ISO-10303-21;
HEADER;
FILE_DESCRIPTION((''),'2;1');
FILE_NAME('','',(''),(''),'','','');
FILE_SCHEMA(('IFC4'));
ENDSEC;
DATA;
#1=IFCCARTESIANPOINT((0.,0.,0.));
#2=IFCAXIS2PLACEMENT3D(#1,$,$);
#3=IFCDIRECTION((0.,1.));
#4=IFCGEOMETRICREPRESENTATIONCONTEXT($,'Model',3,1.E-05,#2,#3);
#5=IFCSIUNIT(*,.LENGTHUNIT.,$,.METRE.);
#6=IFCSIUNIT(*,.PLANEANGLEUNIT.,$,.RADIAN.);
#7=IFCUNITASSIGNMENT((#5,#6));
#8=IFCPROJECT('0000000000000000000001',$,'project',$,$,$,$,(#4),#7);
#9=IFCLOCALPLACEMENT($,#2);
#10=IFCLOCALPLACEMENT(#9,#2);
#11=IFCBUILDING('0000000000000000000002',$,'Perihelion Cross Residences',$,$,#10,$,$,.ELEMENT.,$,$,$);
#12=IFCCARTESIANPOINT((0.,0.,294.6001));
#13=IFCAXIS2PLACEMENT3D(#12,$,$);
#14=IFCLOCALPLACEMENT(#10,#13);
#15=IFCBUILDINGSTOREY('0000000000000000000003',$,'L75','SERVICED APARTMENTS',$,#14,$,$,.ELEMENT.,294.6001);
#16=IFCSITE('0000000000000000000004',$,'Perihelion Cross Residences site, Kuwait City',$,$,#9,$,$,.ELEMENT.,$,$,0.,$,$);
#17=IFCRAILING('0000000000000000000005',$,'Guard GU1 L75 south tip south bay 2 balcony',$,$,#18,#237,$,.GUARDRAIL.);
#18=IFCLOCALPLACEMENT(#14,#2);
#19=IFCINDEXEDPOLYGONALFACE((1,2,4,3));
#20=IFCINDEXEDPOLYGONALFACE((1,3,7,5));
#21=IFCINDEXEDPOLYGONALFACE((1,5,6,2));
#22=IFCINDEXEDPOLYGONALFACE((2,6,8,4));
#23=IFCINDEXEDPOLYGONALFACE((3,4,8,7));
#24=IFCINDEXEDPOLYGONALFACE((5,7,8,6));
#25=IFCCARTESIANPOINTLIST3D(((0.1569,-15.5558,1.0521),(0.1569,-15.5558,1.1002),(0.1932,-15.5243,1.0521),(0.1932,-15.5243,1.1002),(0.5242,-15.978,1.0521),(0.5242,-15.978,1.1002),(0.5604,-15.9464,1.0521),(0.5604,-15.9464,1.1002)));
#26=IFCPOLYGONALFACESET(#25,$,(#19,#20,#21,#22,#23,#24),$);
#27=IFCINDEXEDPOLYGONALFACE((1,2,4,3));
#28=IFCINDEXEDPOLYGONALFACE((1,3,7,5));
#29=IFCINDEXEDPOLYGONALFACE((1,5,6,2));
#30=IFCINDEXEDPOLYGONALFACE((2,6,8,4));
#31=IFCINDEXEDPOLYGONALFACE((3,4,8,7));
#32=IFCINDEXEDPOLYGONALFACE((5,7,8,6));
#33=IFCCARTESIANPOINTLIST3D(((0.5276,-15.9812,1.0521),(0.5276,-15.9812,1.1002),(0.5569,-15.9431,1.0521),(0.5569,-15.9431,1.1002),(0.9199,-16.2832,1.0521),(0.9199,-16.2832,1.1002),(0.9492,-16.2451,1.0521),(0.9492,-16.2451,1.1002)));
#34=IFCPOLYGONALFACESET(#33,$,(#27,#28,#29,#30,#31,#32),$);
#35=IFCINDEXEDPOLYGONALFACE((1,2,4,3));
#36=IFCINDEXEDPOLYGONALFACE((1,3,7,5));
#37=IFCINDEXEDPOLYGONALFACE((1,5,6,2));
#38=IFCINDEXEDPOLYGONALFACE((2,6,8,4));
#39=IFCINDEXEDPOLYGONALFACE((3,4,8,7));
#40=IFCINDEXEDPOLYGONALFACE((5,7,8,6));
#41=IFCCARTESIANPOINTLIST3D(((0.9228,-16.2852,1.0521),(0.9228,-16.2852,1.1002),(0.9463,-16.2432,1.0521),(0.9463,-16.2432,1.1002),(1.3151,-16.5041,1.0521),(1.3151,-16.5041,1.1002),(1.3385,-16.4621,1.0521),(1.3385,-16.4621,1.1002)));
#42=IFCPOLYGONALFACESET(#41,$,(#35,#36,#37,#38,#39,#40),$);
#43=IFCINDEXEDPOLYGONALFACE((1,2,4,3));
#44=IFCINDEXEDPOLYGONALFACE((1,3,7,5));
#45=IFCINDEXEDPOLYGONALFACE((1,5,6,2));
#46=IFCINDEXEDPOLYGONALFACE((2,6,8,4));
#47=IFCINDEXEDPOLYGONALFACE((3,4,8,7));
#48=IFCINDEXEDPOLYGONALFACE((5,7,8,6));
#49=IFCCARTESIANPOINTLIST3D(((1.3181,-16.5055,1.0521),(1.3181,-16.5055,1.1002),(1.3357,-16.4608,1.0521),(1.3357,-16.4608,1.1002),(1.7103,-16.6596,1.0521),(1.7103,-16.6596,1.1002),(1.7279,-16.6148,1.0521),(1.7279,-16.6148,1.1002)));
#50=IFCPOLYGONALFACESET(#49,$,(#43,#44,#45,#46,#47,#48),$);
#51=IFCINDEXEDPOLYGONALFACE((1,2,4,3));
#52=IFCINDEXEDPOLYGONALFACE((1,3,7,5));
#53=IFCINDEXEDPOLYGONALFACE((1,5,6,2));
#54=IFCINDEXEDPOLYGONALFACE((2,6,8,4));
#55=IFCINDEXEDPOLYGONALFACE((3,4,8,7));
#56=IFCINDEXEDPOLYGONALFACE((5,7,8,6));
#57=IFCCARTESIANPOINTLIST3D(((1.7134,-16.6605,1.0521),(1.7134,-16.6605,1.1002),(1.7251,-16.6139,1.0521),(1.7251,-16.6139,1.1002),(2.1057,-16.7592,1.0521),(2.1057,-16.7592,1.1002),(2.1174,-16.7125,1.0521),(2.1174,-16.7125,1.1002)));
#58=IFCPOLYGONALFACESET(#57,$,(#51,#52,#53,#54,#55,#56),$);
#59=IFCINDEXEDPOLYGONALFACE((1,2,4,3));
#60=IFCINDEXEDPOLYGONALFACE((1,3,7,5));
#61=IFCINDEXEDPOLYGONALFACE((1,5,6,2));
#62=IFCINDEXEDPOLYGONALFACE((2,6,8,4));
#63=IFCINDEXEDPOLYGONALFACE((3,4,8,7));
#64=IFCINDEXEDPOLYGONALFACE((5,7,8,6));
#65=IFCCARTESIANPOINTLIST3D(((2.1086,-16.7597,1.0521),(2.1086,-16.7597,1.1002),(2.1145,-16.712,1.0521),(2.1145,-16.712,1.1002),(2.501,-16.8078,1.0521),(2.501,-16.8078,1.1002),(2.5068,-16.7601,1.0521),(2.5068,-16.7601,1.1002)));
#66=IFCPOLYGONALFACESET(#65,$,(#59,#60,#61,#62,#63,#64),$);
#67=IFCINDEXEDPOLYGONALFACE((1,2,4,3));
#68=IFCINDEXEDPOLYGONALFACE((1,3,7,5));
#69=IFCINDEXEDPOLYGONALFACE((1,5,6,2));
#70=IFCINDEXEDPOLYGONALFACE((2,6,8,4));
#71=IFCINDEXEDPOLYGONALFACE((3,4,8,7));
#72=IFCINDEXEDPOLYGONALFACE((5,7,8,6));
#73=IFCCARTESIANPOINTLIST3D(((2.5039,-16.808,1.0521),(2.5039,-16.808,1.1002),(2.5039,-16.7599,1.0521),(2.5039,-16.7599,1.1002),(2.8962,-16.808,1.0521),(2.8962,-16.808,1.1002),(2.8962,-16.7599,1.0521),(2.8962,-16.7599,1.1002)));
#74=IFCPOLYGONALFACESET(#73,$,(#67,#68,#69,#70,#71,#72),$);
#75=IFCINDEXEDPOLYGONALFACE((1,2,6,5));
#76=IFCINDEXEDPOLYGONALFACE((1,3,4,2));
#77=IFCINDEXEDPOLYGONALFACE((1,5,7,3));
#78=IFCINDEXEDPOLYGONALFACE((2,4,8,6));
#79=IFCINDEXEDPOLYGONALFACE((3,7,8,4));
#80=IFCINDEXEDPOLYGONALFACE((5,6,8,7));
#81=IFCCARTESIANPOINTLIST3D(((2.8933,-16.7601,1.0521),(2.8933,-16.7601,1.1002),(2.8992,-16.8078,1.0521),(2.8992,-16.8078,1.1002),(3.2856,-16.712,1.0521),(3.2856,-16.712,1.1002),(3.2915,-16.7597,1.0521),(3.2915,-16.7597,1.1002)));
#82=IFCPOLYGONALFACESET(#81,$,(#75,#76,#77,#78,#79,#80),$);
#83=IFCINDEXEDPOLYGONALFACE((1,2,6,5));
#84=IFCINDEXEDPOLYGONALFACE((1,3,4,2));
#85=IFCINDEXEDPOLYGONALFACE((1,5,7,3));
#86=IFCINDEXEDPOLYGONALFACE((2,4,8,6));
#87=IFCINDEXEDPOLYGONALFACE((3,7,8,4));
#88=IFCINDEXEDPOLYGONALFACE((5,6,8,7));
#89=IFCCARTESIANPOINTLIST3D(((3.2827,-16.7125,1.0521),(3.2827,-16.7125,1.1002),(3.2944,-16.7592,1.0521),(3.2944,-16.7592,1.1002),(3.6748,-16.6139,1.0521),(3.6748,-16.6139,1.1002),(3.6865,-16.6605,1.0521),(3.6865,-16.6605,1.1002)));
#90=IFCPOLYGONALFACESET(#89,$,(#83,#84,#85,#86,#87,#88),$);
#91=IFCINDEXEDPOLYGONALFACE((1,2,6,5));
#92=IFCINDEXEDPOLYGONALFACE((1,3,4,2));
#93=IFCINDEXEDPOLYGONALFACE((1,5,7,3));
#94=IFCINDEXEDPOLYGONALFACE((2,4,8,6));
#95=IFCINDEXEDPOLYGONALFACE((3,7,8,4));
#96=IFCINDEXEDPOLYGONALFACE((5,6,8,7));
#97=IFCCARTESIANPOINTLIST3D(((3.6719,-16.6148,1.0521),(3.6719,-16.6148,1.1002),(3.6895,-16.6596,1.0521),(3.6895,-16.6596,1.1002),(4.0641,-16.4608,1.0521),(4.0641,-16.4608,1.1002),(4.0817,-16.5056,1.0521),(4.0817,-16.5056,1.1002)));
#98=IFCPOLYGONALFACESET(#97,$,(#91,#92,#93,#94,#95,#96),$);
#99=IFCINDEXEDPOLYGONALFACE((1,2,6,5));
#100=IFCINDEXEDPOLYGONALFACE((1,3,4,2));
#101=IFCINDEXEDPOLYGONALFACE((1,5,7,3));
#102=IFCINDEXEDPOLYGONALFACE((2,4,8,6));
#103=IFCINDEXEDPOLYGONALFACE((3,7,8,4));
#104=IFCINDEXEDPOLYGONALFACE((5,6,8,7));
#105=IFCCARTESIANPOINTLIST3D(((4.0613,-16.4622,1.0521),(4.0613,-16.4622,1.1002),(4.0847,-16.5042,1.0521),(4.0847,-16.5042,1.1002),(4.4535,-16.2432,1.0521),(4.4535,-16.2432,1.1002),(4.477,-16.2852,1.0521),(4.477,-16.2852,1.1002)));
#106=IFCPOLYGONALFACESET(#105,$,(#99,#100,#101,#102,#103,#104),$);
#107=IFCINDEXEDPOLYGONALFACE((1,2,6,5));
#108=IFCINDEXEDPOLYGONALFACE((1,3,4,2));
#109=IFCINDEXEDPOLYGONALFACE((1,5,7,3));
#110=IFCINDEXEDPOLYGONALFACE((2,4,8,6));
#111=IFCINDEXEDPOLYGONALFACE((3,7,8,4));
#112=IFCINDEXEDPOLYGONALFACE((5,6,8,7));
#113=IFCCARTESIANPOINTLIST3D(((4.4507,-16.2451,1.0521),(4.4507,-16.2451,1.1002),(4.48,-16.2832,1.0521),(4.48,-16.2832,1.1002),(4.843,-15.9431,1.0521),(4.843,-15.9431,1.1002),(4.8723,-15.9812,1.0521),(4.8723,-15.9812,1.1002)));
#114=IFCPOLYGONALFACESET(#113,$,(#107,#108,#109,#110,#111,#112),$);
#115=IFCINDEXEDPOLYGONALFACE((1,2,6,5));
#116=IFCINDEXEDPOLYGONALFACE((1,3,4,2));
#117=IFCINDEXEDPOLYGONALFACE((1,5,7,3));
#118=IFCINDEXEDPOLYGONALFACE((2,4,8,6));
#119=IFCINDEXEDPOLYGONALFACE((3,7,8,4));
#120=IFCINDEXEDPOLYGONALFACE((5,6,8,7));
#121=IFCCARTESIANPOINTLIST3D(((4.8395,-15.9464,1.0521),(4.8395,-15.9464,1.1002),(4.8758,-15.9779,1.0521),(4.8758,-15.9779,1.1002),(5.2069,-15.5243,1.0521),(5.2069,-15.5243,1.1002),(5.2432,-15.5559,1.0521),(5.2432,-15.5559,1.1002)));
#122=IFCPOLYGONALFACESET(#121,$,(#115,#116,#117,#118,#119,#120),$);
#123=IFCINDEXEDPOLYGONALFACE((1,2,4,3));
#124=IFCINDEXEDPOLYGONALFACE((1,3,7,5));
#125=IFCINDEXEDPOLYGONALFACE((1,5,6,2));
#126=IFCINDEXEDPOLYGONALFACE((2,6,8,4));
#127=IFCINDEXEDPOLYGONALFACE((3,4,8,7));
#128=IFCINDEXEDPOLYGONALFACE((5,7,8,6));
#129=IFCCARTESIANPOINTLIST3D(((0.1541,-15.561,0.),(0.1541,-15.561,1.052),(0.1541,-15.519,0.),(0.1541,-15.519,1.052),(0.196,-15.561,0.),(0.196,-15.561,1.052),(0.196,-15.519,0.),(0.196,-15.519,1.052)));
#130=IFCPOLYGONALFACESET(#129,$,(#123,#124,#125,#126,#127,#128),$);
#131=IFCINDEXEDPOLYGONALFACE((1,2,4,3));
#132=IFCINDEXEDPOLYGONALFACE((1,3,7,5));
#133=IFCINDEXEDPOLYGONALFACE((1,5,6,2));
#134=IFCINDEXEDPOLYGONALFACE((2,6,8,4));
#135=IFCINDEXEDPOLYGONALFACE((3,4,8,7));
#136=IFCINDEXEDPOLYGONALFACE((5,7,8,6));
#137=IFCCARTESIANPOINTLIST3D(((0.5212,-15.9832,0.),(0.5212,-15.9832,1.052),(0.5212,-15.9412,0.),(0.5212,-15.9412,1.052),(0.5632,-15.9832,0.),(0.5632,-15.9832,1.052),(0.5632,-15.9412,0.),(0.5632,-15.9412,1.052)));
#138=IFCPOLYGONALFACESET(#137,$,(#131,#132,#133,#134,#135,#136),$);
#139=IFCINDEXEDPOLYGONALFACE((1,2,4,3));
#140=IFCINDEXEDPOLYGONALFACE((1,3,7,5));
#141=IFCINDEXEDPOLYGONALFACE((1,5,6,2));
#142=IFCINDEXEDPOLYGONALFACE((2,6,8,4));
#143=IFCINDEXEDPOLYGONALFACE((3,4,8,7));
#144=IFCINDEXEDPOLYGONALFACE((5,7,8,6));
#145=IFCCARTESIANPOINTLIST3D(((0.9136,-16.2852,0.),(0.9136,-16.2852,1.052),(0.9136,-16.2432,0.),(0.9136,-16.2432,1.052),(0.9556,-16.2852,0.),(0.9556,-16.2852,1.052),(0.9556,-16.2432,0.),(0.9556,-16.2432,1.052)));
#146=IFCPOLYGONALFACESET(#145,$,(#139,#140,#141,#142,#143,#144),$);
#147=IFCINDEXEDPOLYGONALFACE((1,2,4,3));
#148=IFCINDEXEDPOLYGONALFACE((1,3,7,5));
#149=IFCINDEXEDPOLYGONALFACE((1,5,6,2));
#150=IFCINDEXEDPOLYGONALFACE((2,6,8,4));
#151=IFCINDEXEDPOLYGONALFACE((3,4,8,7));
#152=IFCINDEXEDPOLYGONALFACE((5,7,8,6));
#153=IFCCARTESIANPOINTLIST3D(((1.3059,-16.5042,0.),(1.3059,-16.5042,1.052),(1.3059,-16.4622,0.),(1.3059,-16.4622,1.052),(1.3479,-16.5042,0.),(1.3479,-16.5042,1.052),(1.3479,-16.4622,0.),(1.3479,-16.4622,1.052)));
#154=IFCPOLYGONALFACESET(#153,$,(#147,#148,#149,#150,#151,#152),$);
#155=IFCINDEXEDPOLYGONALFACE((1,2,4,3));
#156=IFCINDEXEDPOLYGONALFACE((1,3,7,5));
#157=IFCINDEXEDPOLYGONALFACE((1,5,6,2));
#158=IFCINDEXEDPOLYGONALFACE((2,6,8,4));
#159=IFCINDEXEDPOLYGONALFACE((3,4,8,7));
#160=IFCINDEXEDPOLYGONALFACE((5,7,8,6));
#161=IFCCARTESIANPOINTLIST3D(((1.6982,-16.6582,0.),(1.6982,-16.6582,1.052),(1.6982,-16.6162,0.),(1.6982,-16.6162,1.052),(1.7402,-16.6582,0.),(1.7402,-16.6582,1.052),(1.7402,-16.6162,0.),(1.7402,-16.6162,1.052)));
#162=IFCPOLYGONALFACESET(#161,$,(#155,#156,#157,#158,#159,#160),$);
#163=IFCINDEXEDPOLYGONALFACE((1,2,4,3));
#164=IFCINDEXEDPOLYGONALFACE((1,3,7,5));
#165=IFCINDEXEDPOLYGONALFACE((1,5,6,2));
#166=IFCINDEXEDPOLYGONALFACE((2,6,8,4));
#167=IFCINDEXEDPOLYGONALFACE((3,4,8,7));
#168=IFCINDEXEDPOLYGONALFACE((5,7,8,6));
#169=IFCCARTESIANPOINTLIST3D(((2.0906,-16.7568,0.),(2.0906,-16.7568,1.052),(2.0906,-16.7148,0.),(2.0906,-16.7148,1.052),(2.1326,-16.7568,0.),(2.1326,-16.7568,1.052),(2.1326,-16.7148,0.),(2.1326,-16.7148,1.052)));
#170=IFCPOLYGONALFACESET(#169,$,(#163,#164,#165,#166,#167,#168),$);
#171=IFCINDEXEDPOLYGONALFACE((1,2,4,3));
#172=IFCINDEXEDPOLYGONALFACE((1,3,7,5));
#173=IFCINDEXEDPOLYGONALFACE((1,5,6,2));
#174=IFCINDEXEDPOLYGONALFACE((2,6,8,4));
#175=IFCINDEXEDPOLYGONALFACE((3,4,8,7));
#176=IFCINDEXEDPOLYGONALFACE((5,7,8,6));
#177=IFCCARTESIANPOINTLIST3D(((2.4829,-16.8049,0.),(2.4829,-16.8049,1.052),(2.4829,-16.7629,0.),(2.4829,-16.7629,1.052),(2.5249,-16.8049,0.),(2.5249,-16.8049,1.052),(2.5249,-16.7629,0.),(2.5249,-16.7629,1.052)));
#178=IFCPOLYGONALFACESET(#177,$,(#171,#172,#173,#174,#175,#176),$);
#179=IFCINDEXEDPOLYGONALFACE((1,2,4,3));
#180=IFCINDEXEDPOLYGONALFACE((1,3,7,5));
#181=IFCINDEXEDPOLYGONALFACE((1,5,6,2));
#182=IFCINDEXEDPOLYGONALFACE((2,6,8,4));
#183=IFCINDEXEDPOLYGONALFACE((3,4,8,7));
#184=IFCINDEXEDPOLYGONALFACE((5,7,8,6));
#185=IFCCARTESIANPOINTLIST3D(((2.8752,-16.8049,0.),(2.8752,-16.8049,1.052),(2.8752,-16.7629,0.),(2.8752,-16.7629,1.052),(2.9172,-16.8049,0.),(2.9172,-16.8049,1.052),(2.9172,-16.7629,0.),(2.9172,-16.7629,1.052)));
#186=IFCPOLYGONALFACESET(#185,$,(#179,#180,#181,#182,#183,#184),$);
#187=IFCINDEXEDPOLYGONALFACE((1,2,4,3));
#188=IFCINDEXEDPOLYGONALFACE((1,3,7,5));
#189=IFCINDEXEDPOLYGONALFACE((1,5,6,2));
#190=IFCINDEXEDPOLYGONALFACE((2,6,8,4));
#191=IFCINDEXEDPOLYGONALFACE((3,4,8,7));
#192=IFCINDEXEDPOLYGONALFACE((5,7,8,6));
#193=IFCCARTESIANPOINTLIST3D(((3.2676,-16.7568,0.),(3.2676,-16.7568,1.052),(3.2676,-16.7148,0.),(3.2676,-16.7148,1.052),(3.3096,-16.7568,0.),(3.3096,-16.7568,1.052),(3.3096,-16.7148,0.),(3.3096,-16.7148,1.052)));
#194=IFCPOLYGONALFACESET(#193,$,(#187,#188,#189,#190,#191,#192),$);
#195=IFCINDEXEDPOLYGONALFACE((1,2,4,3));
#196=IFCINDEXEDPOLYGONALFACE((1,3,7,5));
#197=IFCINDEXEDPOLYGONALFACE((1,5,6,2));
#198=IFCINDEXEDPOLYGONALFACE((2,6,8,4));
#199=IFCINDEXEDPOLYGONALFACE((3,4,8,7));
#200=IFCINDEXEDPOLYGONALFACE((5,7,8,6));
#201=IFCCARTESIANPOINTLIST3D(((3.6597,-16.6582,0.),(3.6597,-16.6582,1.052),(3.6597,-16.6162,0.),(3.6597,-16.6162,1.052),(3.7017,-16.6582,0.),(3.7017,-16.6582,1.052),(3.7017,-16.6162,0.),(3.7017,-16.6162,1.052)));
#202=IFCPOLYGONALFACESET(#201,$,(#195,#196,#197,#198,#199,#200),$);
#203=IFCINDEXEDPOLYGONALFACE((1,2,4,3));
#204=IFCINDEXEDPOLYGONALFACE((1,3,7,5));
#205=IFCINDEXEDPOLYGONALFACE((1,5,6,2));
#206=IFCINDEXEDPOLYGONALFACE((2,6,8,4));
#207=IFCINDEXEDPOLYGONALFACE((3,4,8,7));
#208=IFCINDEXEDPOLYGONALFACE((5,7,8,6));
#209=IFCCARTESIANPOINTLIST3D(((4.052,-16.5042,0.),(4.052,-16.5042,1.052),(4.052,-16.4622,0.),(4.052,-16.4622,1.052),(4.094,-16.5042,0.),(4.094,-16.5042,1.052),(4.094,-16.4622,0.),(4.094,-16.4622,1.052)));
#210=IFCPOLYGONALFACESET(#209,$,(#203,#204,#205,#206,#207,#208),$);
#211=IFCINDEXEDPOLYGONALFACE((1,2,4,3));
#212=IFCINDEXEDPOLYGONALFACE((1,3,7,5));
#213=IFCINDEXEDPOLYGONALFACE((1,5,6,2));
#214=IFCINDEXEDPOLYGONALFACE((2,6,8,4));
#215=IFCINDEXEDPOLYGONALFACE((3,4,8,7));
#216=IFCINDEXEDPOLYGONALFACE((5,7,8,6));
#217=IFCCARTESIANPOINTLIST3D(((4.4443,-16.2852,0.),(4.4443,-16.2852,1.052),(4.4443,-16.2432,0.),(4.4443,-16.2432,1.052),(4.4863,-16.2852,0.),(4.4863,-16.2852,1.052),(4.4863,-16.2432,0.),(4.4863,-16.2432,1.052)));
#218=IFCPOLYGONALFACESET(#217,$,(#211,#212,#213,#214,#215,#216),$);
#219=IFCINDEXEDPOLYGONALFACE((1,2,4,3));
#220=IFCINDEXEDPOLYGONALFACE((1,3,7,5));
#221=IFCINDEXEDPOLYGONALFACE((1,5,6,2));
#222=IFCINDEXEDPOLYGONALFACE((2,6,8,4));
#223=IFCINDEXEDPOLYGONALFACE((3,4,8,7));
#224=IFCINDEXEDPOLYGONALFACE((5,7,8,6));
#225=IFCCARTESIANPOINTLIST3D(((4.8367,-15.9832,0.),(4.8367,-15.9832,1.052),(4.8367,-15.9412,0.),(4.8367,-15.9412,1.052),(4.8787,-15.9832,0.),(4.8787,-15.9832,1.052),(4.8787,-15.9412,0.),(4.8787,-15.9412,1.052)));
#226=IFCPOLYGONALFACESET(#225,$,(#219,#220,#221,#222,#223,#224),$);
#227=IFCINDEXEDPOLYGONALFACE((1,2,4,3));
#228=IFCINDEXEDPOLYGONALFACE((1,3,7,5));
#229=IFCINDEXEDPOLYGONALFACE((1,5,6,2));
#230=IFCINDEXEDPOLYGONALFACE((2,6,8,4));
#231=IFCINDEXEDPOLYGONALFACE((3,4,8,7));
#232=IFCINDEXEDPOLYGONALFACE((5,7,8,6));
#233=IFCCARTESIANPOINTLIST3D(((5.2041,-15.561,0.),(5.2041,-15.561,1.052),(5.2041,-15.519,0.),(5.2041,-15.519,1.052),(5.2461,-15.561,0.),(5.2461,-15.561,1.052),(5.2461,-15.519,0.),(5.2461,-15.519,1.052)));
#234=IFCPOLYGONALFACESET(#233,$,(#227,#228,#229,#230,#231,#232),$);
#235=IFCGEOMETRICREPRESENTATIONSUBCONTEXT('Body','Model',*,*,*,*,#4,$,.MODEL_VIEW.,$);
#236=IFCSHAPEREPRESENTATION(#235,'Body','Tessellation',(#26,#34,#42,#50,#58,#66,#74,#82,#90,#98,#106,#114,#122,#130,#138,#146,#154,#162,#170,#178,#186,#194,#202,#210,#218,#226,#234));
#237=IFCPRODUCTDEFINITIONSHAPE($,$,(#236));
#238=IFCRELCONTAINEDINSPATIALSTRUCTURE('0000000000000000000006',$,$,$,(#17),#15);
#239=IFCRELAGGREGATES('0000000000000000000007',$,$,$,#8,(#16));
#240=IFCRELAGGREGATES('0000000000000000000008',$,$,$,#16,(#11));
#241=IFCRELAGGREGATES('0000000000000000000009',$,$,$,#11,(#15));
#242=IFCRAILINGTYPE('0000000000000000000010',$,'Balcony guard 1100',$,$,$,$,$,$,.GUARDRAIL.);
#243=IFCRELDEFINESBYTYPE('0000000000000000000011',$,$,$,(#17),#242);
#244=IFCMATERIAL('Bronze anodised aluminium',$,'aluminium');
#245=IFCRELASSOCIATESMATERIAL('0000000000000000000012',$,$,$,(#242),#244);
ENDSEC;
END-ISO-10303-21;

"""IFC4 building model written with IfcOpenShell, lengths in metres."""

from ifc_helpers import new_model, si_unit, direction, frame, origin, origin_2d, place, context, subcontext, project, spatial, rectangle, extrude, material, type_object, element, save


model = new_model("IFC4")

# Units and contexts
model_context = context("Model", 3, precision=1e-05, world=origin(), true_north=direction((0.0, 1.0)))
body_context = subcontext(model_context, "Body", "Model", "MODEL_VIEW")
ifc_project = project(units=[si_unit("LENGTHUNIT", "METRE"), si_unit("PLANEANGLEUNIT", "RADIAN")], contexts=[model_context])

# Site, building, storey
site_placement = place(None, origin())
site = spatial("IfcSite", under=ifc_project, at=site_placement, Name="Perihelion Cross Residences site, Kuwait City", CompositionType="ELEMENT", RefElevation=0.0)
building_placement = place(site_placement, origin())
building = spatial("IfcBuilding", under=site, at=building_placement, Name="Perihelion Cross Residences", CompositionType="ELEMENT")
storey_placement = place(building_placement, frame((0.0, 0.0, 294.6001)))
storey = spatial("IfcBuildingStorey", under=building, at=storey_placement, Name="L75", Description="SERVICED APARTMENTS", CompositionType="ELEMENT", Elevation=294.6001)

# Railing
ifc_material_1 = material(Name="Bronze anodised aluminium", Category="aluminium")
railing_type = type_object("IfcRailingType", Name="Balcony guard 1100", PredefinedType="GUARDRAIL", material=ifc_material_1)
railing_placement = place(storey_placement, frame((0.175, -15.54, 0.0)))
element("IfcRailing", 1, at=railing_placement, inside=storey, type_object=railing_type, Name="Guard GU1 L75 south tip south bay 2 balcony", PredefinedType="GUARDRAIL", context=body_context, shape_type="SweptSolid", body=[
    extrude(rectangle(XDim=0.0481, YDim=0.0481, at=origin_2d()), frame((0.0, 0.0, 1.0762), z_axis=(0.656308, -0.754493, 0.0), x_axis=(0.754493, 0.656308, 0.0)), (0.0, 0.0, 1.0), 0.5596),
    extrude(rectangle(XDim=0.0481, YDim=0.0481, at=origin_2d()), frame((0.3672, -0.4221, 1.0762), z_axis=(0.792422, -0.609973, 0.0), x_axis=(0.609973, 0.792422, 0.0)), (0.0, 0.0, 1.0), 0.4951),
    extrude(rectangle(XDim=0.0481, YDim=0.0481, at=origin_2d()), frame((0.7595, -0.7241, 1.0762), z_axis=(0.873182, -0.487395, 0.0), x_axis=(0.487395, 0.873182, 0.0)), (0.0, 0.0, 1.0), 0.4492),
    extrude(rectangle(XDim=0.0481, YDim=0.0481, at=origin_2d()), frame((1.1519, -0.9431, 1.0762), z_axis=(0.930815, -0.365491, 0.0), x_axis=(0.365491, 0.930815, 0.0)), (0.0, 0.0, 1.0), 0.4214),
    extrude(rectangle(XDim=0.0481, YDim=0.0481, at=origin_2d()), frame((1.5442, -1.0972, 1.0762), z_axis=(0.969822, -0.243813, 0.0), x_axis=(0.243813, 0.969822, 0.0)), (0.0, 0.0, 1.0), 0.4045),
    extrude(rectangle(XDim=0.0481, YDim=0.0481, at=origin_2d()), frame((1.9365, -1.1958, 1.0762), z_axis=(0.99257, -0.121678, 0.0), x_axis=(0.121678, 0.99257, 0.0)), (0.0, 0.0, 1.0), 0.3953),
    extrude(rectangle(XDim=0.0481, YDim=0.0481, at=origin_2d()), frame((2.3289, -1.2439, 1.0762), z_axis=(1.0, 0.0, 0.0), x_axis=(0.0, 1.0, 0.0)), (0.0, 0.0, 1.0), 0.3923),
    extrude(rectangle(XDim=0.0481, YDim=0.0481, at=origin_2d()), frame((2.7212, -1.2439, 1.0762), z_axis=(0.99257, 0.121678, 0.0), x_axis=(-0.121678, 0.99257, 0.0)), (0.0, 0.0, 1.0), 0.3953),
    extrude(rectangle(XDim=0.0481, YDim=0.0481, at=origin_2d()), frame((3.1135, -1.1958, 1.0762), z_axis=(0.969786, 0.243956, 0.0), x_axis=(-0.243956, 0.969786, 0.0)), (0.0, 0.0, 1.0), 0.4043),
    extrude(rectangle(XDim=0.0481, YDim=0.0481, at=origin_2d()), frame((3.5056, -1.0972, 1.0762), z_axis=(0.930815, 0.365491, 0.0), x_axis=(-0.365491, 0.930815, 0.0)), (0.0, 0.0, 1.0), 0.4214),
    extrude(rectangle(XDim=0.0481, YDim=0.0481, at=origin_2d()), frame((3.8979, -0.9431, 1.0762), z_axis=(0.873182, 0.487395, 0.0), x_axis=(-0.487395, 0.873182, 0.0)), (0.0, 0.0, 1.0), 0.4492),
    extrude(rectangle(XDim=0.0481, YDim=0.0481, at=origin_2d()), frame((4.2903, -0.7241, 1.0762), z_axis=(0.792422, 0.609973, 0.0), x_axis=(-0.609973, 0.792422, 0.0)), (0.0, 0.0, 1.0), 0.4951),
    extrude(rectangle(XDim=0.0481, YDim=0.0481, at=origin_2d()), frame((4.6826, -0.4221, 1.0762), z_axis=(0.656557, 0.754277, 0.0), x_axis=(-0.754277, 0.656557, 0.0)), (0.0, 0.0, 1.0), 0.5596),
    extrude(rectangle(XDim=0.042, YDim=0.042, at=origin_2d()), origin(), (0.0, 0.0, 1.0), 1.052),
    extrude(rectangle(XDim=0.042, YDim=0.042, at=origin_2d()), frame((0.3672, -0.4221, 0.0)), (0.0, 0.0, 1.0), 1.052),
    extrude(rectangle(XDim=0.042, YDim=0.042, at=origin_2d()), frame((0.7595, -0.7241, 0.0)), (0.0, 0.0, 1.0), 1.052),
    extrude(rectangle(XDim=0.042, YDim=0.042, at=origin_2d()), frame((1.1519, -0.9431, 0.0)), (0.0, 0.0, 1.0), 1.052),
    extrude(rectangle(XDim=0.042, YDim=0.042, at=origin_2d()), frame((1.5442, -1.0972, 0.0)), (0.0, 0.0, 1.0), 1.052),
    extrude(rectangle(XDim=0.042, YDim=0.042, at=origin_2d()), frame((1.9365, -1.1958, 0.0)), (0.0, 0.0, 1.0), 1.052),
    extrude(rectangle(XDim=0.042, YDim=0.042, at=origin_2d()), frame((2.3289, -1.2439, 0.0)), (0.0, 0.0, 1.0), 1.052),
    extrude(rectangle(XDim=0.042, YDim=0.042, at=origin_2d()), frame((2.7212, -1.2439, 0.0)), (0.0, 0.0, 1.0), 1.052),
    extrude(rectangle(XDim=0.042, YDim=0.042, at=origin_2d()), frame((3.1135, -1.1958, 0.0)), (0.0, 0.0, 1.0), 1.052),
    extrude(rectangle(XDim=0.042, YDim=0.042, at=origin_2d()), frame((3.5056, -1.0972, 0.0)), (0.0, 0.0, 1.0), 1.052),
    extrude(rectangle(XDim=0.042, YDim=0.042, at=origin_2d()), frame((3.8979, -0.9431, 0.0)), (0.0, 0.0, 1.0), 1.052),
    extrude(rectangle(XDim=0.042, YDim=0.042, at=origin_2d()), frame((4.2903, -0.7241, 0.0)), (0.0, 0.0, 1.0), 1.052),
    extrude(rectangle(XDim=0.042, YDim=0.042, at=origin_2d()), frame((4.6826, -0.4221, 0.0)), (0.0, 0.0, 1.0), 1.052),
    extrude(rectangle(XDim=0.042, YDim=0.042, at=origin_2d()), frame((5.05, 0.0, 0.0)), (0.0, 0.0, 1.0), 1.052),
])

save(model, "model.ifc")
